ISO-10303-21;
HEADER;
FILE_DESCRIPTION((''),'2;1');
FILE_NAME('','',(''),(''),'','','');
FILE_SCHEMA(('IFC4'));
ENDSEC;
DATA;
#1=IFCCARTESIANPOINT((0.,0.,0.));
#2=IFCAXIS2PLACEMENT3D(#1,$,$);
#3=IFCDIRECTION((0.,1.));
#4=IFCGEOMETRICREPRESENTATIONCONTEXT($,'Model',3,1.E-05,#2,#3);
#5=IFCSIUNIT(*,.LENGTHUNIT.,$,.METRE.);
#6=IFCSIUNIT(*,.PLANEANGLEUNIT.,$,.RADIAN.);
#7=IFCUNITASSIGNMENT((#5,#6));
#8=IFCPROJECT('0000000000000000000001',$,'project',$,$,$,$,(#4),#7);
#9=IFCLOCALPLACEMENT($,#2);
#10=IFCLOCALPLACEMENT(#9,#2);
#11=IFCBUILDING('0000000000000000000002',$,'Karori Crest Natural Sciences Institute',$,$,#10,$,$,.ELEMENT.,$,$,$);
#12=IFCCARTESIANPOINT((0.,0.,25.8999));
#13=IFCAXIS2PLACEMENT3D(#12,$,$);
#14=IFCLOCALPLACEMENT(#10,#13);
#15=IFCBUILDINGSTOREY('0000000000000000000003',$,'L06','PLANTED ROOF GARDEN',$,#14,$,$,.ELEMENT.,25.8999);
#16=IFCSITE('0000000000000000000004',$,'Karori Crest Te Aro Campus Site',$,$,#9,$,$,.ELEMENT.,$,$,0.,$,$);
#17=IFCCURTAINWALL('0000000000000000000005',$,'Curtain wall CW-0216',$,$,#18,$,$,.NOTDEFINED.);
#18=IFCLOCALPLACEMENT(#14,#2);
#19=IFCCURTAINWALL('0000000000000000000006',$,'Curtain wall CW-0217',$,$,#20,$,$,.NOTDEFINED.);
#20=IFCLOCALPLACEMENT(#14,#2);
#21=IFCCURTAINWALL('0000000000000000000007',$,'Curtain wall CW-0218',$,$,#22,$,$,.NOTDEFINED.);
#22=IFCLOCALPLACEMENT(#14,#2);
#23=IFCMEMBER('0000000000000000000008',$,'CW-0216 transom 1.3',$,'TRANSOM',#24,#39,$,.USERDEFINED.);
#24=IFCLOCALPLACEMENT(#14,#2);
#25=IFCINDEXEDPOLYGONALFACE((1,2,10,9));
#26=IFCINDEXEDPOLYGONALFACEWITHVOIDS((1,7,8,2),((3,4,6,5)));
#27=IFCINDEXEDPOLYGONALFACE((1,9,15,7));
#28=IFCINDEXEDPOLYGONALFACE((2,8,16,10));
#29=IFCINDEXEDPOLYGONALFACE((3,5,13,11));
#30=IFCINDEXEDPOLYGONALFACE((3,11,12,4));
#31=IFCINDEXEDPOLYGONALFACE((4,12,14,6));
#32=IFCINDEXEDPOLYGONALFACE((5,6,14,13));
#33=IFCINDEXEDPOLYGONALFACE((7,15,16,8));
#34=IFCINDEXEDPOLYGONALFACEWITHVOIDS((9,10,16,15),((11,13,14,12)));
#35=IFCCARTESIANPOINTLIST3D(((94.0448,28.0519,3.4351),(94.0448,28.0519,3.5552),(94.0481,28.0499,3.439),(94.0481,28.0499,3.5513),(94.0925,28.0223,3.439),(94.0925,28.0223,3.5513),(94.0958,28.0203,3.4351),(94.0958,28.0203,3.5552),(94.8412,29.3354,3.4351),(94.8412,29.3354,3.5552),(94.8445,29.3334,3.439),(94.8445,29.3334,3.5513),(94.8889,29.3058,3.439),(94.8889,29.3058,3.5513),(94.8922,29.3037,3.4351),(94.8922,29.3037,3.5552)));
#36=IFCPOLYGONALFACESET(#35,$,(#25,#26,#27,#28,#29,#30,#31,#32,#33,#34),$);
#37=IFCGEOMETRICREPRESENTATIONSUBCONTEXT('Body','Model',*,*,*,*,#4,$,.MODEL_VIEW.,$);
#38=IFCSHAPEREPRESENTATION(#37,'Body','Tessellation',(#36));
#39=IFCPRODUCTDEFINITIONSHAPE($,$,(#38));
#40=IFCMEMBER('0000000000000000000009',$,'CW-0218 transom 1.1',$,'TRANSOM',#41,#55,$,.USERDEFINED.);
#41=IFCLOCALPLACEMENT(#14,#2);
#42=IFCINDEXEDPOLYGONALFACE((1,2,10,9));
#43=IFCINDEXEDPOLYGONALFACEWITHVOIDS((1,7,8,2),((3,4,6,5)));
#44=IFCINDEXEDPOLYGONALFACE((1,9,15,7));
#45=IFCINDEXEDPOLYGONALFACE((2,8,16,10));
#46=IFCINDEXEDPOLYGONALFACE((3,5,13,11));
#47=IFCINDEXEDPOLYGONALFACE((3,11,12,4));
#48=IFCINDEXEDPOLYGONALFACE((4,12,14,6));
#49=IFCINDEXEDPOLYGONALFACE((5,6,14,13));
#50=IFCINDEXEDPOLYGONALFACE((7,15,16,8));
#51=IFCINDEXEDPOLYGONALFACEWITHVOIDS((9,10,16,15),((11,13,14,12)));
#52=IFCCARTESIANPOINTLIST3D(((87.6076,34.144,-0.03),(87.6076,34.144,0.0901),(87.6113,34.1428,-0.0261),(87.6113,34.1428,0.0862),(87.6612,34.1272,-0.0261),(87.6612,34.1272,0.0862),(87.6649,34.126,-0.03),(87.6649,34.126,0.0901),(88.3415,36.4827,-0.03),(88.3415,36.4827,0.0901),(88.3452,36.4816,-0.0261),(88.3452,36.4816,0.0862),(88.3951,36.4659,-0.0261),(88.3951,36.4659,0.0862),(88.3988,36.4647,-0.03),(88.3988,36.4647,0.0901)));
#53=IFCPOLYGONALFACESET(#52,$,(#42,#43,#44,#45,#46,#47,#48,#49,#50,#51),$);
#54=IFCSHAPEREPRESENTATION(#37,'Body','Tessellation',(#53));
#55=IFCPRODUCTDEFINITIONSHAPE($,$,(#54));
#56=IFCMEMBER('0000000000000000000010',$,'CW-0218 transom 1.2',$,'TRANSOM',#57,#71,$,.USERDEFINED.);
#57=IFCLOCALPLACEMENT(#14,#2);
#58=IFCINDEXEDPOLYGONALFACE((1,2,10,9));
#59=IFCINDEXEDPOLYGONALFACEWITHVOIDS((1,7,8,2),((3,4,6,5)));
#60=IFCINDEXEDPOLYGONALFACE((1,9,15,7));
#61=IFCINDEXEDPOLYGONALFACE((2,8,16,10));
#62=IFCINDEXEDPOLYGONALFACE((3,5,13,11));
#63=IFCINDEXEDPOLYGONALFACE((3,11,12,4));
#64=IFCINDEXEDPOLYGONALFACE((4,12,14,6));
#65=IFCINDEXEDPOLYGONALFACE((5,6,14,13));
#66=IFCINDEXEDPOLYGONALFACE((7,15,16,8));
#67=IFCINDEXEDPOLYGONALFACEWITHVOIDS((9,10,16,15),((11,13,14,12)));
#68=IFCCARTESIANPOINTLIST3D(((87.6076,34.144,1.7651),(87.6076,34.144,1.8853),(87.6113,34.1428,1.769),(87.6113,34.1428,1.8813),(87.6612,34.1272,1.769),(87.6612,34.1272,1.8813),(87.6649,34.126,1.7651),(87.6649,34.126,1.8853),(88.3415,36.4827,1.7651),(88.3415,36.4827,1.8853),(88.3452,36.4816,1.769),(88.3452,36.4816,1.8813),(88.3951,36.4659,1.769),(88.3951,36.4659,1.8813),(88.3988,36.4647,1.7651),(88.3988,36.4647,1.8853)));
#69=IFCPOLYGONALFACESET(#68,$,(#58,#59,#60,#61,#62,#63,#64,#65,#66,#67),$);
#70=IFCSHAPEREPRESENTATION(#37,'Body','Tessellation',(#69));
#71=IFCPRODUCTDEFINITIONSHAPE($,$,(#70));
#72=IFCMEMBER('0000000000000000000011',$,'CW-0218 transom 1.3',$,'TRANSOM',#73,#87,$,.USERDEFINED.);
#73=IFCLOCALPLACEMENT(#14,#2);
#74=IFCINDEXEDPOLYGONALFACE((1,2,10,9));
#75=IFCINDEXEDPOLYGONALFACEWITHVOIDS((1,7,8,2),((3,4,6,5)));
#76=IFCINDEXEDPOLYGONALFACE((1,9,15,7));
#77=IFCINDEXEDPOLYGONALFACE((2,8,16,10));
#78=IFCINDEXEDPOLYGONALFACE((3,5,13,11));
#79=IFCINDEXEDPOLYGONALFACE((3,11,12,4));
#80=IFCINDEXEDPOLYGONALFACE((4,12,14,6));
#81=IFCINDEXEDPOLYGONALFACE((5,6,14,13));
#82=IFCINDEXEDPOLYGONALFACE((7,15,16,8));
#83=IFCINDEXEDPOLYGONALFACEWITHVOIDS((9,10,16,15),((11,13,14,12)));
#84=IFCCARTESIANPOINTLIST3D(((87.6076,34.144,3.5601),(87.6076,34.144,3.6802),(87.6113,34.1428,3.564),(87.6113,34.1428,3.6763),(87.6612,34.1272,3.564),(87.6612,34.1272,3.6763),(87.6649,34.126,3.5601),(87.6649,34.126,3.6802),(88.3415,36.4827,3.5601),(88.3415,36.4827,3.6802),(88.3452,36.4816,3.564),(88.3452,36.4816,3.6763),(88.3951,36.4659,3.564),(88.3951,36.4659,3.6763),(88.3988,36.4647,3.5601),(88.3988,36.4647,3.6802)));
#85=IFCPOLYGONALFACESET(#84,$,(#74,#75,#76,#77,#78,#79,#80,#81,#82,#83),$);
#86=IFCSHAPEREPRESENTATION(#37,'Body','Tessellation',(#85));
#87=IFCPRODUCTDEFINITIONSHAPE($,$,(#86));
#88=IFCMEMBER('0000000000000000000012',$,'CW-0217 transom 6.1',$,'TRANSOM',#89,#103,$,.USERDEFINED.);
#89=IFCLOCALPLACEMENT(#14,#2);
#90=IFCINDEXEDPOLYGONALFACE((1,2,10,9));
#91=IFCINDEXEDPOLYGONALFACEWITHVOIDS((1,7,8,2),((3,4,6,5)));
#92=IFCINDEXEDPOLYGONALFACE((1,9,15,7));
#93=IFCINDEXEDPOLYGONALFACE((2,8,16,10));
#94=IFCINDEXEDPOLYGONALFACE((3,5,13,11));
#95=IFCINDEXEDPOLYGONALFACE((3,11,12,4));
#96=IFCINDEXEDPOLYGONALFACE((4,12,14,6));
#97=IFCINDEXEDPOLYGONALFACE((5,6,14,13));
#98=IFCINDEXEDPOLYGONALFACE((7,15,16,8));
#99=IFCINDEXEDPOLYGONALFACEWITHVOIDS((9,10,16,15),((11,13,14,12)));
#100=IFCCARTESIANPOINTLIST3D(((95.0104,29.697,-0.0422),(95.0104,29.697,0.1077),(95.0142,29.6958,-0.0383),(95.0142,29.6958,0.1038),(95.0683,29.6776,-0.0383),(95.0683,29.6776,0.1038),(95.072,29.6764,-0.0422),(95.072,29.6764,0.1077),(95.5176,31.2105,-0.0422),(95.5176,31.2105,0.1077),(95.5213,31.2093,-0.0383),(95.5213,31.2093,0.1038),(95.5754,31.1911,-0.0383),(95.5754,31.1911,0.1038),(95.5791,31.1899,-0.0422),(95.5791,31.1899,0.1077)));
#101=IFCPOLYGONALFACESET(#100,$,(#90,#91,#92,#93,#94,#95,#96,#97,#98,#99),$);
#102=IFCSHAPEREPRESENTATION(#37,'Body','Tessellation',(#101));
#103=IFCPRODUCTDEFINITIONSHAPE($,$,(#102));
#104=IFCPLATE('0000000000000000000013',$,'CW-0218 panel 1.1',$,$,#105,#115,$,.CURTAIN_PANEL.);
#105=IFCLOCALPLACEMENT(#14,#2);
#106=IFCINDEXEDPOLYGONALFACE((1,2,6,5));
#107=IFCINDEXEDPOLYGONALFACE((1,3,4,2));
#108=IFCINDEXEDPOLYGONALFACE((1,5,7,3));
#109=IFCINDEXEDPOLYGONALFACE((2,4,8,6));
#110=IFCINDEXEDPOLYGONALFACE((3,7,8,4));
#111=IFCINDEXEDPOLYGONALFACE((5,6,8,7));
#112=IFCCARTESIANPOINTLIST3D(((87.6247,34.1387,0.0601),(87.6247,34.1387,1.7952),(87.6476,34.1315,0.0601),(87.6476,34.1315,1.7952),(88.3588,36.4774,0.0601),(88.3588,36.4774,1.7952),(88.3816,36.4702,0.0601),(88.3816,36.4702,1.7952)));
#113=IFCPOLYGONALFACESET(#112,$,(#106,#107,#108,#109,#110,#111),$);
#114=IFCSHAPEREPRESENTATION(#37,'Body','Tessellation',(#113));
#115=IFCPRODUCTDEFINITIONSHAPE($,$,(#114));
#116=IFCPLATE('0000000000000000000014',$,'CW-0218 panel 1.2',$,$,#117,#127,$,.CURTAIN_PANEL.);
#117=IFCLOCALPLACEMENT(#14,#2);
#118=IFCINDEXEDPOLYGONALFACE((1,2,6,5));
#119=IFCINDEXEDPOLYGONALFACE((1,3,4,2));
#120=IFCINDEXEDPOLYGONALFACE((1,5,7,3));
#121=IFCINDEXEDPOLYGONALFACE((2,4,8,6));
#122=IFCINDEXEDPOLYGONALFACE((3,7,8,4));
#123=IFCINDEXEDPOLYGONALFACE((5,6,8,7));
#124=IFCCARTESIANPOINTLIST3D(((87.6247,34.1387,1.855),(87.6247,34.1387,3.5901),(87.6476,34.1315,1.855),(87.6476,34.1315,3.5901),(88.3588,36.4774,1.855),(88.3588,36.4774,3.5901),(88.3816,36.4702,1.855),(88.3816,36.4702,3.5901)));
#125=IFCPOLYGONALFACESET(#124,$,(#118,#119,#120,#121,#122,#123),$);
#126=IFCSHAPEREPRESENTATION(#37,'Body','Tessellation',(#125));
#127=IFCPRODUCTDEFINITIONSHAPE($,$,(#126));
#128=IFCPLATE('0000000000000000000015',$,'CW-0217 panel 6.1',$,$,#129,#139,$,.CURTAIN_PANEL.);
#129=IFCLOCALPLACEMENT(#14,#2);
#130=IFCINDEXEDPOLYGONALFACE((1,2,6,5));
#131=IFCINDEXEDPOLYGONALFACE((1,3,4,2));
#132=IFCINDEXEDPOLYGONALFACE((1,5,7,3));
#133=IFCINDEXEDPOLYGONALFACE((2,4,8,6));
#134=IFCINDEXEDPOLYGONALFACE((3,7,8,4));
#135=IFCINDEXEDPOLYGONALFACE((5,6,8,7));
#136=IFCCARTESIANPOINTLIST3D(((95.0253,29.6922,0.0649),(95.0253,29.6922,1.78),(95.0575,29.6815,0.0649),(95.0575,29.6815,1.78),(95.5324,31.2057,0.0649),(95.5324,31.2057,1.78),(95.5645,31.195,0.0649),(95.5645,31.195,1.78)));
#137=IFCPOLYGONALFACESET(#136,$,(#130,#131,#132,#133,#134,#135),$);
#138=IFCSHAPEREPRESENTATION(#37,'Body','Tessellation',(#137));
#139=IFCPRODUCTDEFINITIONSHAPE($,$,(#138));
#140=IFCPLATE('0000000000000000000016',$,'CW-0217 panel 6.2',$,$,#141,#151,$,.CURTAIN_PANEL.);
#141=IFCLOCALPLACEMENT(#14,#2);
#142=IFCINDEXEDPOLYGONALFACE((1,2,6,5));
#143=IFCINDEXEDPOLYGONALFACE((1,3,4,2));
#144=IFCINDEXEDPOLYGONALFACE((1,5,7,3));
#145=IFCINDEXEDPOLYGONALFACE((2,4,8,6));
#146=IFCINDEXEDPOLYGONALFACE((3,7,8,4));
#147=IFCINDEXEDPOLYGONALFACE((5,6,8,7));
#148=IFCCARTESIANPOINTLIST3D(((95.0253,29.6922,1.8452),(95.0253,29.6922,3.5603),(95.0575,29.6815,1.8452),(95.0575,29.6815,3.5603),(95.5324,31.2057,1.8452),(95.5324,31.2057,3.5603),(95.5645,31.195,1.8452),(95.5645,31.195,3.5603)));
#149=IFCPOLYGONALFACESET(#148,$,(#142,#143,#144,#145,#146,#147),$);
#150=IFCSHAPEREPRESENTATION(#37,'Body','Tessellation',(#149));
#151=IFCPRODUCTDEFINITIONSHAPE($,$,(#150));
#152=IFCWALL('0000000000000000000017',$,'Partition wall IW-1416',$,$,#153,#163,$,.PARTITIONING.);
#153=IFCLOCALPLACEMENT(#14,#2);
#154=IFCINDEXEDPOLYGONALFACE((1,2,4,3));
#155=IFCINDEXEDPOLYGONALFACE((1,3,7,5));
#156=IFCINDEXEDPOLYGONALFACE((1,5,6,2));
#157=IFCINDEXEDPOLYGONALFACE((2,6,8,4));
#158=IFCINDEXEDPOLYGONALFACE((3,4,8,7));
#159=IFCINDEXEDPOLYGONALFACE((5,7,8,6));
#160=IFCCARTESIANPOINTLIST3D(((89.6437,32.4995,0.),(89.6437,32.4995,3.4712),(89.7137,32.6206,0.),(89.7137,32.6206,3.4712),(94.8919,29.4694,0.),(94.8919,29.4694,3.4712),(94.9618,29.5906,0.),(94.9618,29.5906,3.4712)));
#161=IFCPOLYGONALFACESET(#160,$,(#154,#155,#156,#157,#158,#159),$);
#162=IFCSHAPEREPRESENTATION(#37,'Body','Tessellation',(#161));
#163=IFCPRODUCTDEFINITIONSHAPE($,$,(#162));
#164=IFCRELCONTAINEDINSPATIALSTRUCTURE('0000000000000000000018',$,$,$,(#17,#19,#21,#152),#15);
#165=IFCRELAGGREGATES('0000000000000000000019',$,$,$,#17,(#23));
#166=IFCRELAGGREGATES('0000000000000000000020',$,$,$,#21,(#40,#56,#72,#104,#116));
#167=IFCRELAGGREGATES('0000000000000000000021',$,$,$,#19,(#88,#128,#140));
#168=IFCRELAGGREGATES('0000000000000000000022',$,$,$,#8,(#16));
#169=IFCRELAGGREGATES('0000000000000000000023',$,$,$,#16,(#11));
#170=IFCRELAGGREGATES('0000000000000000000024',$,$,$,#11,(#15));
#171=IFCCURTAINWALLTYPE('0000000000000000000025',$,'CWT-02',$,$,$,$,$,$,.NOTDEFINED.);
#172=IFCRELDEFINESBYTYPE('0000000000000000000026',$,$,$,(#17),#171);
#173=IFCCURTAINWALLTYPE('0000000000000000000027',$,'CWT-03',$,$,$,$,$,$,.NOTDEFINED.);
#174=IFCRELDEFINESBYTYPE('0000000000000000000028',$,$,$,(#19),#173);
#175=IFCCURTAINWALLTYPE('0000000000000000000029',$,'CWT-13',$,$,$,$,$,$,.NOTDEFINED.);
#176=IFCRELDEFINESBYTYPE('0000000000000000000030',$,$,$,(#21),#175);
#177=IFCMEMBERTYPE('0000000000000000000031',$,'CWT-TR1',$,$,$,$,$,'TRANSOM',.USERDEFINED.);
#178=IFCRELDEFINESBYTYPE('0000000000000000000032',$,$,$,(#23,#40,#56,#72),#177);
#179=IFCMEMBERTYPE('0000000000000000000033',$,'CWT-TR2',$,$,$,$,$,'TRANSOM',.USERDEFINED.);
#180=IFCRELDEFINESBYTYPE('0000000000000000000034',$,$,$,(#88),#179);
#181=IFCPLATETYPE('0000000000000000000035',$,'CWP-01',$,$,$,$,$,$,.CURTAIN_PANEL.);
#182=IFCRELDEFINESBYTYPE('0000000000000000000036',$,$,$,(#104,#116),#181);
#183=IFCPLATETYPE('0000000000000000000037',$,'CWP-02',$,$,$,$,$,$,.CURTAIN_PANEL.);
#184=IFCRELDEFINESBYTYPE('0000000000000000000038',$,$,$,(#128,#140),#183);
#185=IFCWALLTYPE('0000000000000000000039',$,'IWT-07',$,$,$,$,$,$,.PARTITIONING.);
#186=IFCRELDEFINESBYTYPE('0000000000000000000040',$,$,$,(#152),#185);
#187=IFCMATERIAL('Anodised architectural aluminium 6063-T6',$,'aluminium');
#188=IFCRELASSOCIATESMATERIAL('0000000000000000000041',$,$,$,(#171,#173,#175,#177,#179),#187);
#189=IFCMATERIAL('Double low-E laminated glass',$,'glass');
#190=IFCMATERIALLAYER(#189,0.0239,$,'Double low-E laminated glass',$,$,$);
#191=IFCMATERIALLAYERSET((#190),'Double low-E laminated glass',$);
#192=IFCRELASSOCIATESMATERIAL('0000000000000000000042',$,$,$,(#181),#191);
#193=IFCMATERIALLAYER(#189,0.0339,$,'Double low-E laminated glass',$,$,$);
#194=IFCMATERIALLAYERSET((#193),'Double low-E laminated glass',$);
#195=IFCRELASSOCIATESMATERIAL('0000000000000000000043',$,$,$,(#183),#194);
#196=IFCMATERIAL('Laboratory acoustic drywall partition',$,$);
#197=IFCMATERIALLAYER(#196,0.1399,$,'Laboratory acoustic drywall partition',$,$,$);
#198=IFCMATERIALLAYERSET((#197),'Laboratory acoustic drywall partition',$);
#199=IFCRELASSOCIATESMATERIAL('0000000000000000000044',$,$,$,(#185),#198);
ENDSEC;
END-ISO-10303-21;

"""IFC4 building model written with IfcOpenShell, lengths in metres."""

from ifc_helpers import new_model, si_unit, direction, frame, frame_2d, origin, origin_2d, place, context, subcontext, project, spatial, rectangle, hollow_rectangle, extrude, material, layer, layer_set, material_profile, profile_set, type_object, element, aggregate, save


model = new_model("IFC4")

# Units and contexts
model_context = context("Model", 3, precision=1e-05, world=origin(), true_north=direction((0.0, 1.0)))
body_context = subcontext(model_context, "Body", "Model", "MODEL_VIEW")
ifc_project = project(units=[si_unit("LENGTHUNIT", "METRE"), si_unit("PLANEANGLEUNIT", "RADIAN")], contexts=[model_context])

# Site, building, storey
site_placement = place(None, origin())
site = spatial("IfcSite", under=ifc_project, at=site_placement, Name="Karori Crest Te Aro Campus Site", CompositionType="ELEMENT", RefElevation=0.0)
building_placement = place(site_placement, origin())
building = spatial("IfcBuilding", under=site, at=building_placement, Name="Karori Crest Natural Sciences Institute", CompositionType="ELEMENT")
storey_placement = place(building_placement, frame((0.0, 0.0, 25.8999)))
storey = spatial("IfcBuildingStorey", under=building, at=storey_placement, Name="L06", Description="PLANTED ROOF GARDEN", CompositionType="ELEMENT", Elevation=25.8999)

# Curtain walls
ifc_material_1 = material(Name="Anodised architectural aluminium 6063-T6", Category="aluminium")
curtain_wall_type_1 = type_object("IfcCurtainWallType", Name="CWT-02", PredefinedType="NOTDEFINED", material=ifc_material_1)
curtain_wall_1_placement = place(storey_placement, origin())
curtain_wall_1 = element("IfcCurtainWall", 1, at=curtain_wall_1_placement, inside=storey, type_object=curtain_wall_type_1, Name="Curtain wall CW-0216", PredefinedType="NOTDEFINED")
curtain_wall_type_2 = type_object("IfcCurtainWallType", Name="CWT-03", PredefinedType="NOTDEFINED", material=ifc_material_1)
curtain_wall_2_placement = place(storey_placement, origin())
curtain_wall_2 = element("IfcCurtainWall", 2, at=curtain_wall_2_placement, inside=storey, type_object=curtain_wall_type_2, Name="Curtain wall CW-0217", PredefinedType="NOTDEFINED")

# Curtain wall
curtain_wall_type_3 = type_object("IfcCurtainWallType", Name="CWT-13", PredefinedType="NOTDEFINED", material=ifc_material_1)
curtain_wall_3_placement = place(storey_placement, origin())
curtain_wall_3 = element("IfcCurtainWall", 3, at=curtain_wall_3_placement, inside=storey, type_object=curtain_wall_type_3, Name="Curtain wall CW-0218", PredefinedType="NOTDEFINED")

# Members
ifc_material_profile_1 = material_profile(ifc_material_1, hollow_rectangle(XDim=0.0601, YDim=0.1201, WallThickness=0.0039, at=origin_2d()), Name="CWT120x60x4")
ifc_profile_set_1 = profile_set([ifc_material_profile_1], Name="Anodised architectural aluminium 6063-T6")
member_type_1 = type_object("IfcMemberType", Name="CWT-TR1", ElementType="TRANSOM", PredefinedType="USERDEFINED", material=ifc_profile_set_1)
member_1_placement = place(storey_placement, frame((94.8667, 29.3196, 3.4951), z_axis=(-0.52725, -0.84971, 0.0), x_axis=(0.84971, -0.52725, 0.0)))
member_1 = element("IfcMember", 4, at=member_1_placement, type_object=member_type_1, Name="CW-0216 transom 1.3", ObjectType="TRANSOM", PredefinedType="USERDEFINED", context=body_context, shape_type="SweptSolid", body=[
    extrude(hollow_rectangle(XDim=0.0601, YDim=0.1201, WallThickness=0.0039, at=origin_2d()), origin(), (0.0, 0.0, 1.0), 1.5105),
])
aggregate(curtain_wall_1, [member_1])
member_2_placement = place(storey_placement, frame((87.6362, 34.135, 0.03), z_axis=(0.299415, 0.954123, 0.0), x_axis=(-0.954123, 0.299415, 0.0)))
member_2 = element("IfcMember", 5, at=member_2_placement, type_object=member_type_1, Name="CW-0218 transom 1.1", ObjectType="TRANSOM", PredefinedType="USERDEFINED", context=body_context, shape_type="SweptSolid", body=[
    extrude(hollow_rectangle(XDim=0.0601, YDim=0.1201, WallThickness=0.0039, at=origin_2d()), origin(), (0.0, 0.0, 1.0), 2.4512),
])
member_3_placement = place(storey_placement, frame((87.6362, 34.135, 1.8252), z_axis=(0.299415, 0.954123, 0.0), x_axis=(-0.954123, 0.299415, 0.0)))
member_3 = element("IfcMember", 6, at=member_3_placement, type_object=member_type_1, Name="CW-0218 transom 1.2", ObjectType="TRANSOM", PredefinedType="USERDEFINED", context=body_context, shape_type="SweptSolid", body=[
    extrude(hollow_rectangle(XDim=0.0601, YDim=0.1201, WallThickness=0.0039, at=origin_2d()), origin(), (0.0, 0.0, 1.0), 2.4512),
])
member_4_placement = place(storey_placement, frame((87.6362, 34.135, 3.6201), z_axis=(0.299415, 0.954123, 0.0), x_axis=(-0.954123, 0.299415, 0.0)))
member_4 = element("IfcMember", 7, at=member_4_placement, type_object=member_type_1, Name="CW-0218 transom 1.3", ObjectType="TRANSOM", PredefinedType="USERDEFINED", context=body_context, shape_type="SweptSolid", body=[
    extrude(hollow_rectangle(XDim=0.0601, YDim=0.1201, WallThickness=0.0039, at=origin_2d()), origin(), (0.0, 0.0, 1.0), 2.4512),
])
ifc_material_profile_2 = material_profile(ifc_material_1, hollow_rectangle(XDim=0.0649, YDim=0.1499, WallThickness=0.0039, at=origin_2d()), Name="CWT150x65x4")
ifc_profile_set_2 = profile_set([ifc_material_profile_2], Name="Anodised architectural aluminium 6063-T6")
member_type_2 = type_object("IfcMemberType", Name="CWT-TR2", ElementType="TRANSOM", PredefinedType="USERDEFINED", material=ifc_profile_set_2)
member_5_placement = place(storey_placement, frame((95.5483, 31.2002, 0.0327), z_axis=(-0.317696, -0.948193, 0.0), x_axis=(0.948193, -0.317696, 0.0)))
member_5 = element("IfcMember", 8, at=member_5_placement, type_object=member_type_2, Name="CW-0217 transom 6.1", ObjectType="TRANSOM", PredefinedType="USERDEFINED", context=body_context, shape_type="SweptSolid", body=[
    extrude(hollow_rectangle(XDim=0.0649, YDim=0.1499, WallThickness=0.0039, at=origin_2d()), origin(), (0.0, 0.0, 1.0), 1.5962),
])

# Plates
ifc_material_2 = material(Name="Double low-E laminated glass", Category="glass")
ifc_layer_1 = layer(ifc_material_2, 0.0239, Name="Double low-E laminated glass")
ifc_layer_set_1 = layer_set([ifc_layer_1], Name="Double low-E laminated glass")
plate_type_1 = type_object("IfcPlateType", Name="CWP-01", PredefinedType="CURTAIN_PANEL", material=ifc_layer_set_1)
plate_1_placement = place(storey_placement, frame((88.0032, 35.3044, 0.0601), z_axis=(0.0, 0.0, 1.0), x_axis=(0.299475, 0.954104, 0.0)))
plate_1 = element("IfcPlate", 9, at=plate_1_placement, type_object=plate_type_1, Name="CW-0218 panel 1.1", PredefinedType="CURTAIN_PANEL", context=body_context, shape_type="SweptSolid", body=[
    extrude(rectangle(XDim=2.4512, YDim=0.0239, at=origin_2d()), origin(), (0.0, 0.0, 1.0), 1.7351),
])
plate_2_placement = place(storey_placement, frame((88.0032, 35.3044, 1.855), z_axis=(0.0, 0.0, 1.0), x_axis=(0.299475, 0.954104, 0.0)))
plate_2 = element("IfcPlate", 10, at=plate_2_placement, type_object=plate_type_1, Name="CW-0218 panel 1.2", PredefinedType="CURTAIN_PANEL", context=body_context, shape_type="SweptSolid", body=[
    extrude(rectangle(XDim=2.4512, YDim=0.0239, at=origin_2d()), origin(), (0.0, 0.0, 1.0), 1.7351),
])
aggregate(curtain_wall_3, [member_2, member_3, member_4, plate_1, plate_2])
ifc_layer_2 = layer(ifc_material_2, 0.0339, Name="Double low-E laminated glass")
ifc_layer_set_2 = layer_set([ifc_layer_2], Name="Double low-E laminated glass")
plate_type_2 = type_object("IfcPlateType", Name="CWP-02", PredefinedType="CURTAIN_PANEL", material=ifc_layer_set_2)
plate_3_placement = place(storey_placement, frame((95.2949, 30.4436, 0.0649), z_axis=(0.0, 0.0, 1.0), x_axis=(-0.31768, -0.948198, 0.0)))
plate_3 = element("IfcPlate", 11, at=plate_3_placement, type_object=plate_type_2, Name="CW-0217 panel 6.1", PredefinedType="CURTAIN_PANEL", context=body_context, shape_type="SweptSolid", body=[
    extrude(rectangle(XDim=1.5962, YDim=0.0339, at=origin_2d()), origin(), (0.0, 0.0, 1.0), 1.7151),
])
plate_4_placement = place(storey_placement, frame((95.2949, 30.4436, 1.8452), z_axis=(0.0, 0.0, 1.0), x_axis=(-0.31768, -0.948198, 0.0)))
plate_4 = element("IfcPlate", 12, at=plate_4_placement, type_object=plate_type_2, Name="CW-0217 panel 6.2", PredefinedType="CURTAIN_PANEL", context=body_context, shape_type="SweptSolid", body=[
    extrude(rectangle(XDim=1.5962, YDim=0.0339, at=origin_2d()), origin(), (0.0, 0.0, 1.0), 1.7151),
])
aggregate(curtain_wall_2, [member_5, plate_3, plate_4])

# Wall
ifc_material_3 = material(Name="Laboratory acoustic drywall partition")
ifc_layer_3 = layer(ifc_material_3, 0.1399, Name="Laboratory acoustic drywall partition")
ifc_layer_set_3 = layer_set([ifc_layer_3], Name="Laboratory acoustic drywall partition")
wall_type = type_object("IfcWallType", Name="IWT-07", PredefinedType="PARTITIONING", material=ifc_layer_set_3)
wall_1_placement = place(storey_placement, frame((89.6787, 32.5601, 0.0), z_axis=(0.0, 0.0, 1.0), x_axis=(0.866021, -0.500008, 0.0)))
element("IfcWall", 13, at=wall_1_placement, inside=storey, type_object=wall_type, Name="Partition wall IW-1416", PredefinedType="PARTITIONING", context=body_context, shape_type="SweptSolid", body=[
    extrude(rectangle(XDim=6.0601, YDim=0.1399, at=frame_2d((3.03, 0.0))), origin(), (0.0, 0.0, 1.0), 3.4712),
])

save(model, "model.ifc")
